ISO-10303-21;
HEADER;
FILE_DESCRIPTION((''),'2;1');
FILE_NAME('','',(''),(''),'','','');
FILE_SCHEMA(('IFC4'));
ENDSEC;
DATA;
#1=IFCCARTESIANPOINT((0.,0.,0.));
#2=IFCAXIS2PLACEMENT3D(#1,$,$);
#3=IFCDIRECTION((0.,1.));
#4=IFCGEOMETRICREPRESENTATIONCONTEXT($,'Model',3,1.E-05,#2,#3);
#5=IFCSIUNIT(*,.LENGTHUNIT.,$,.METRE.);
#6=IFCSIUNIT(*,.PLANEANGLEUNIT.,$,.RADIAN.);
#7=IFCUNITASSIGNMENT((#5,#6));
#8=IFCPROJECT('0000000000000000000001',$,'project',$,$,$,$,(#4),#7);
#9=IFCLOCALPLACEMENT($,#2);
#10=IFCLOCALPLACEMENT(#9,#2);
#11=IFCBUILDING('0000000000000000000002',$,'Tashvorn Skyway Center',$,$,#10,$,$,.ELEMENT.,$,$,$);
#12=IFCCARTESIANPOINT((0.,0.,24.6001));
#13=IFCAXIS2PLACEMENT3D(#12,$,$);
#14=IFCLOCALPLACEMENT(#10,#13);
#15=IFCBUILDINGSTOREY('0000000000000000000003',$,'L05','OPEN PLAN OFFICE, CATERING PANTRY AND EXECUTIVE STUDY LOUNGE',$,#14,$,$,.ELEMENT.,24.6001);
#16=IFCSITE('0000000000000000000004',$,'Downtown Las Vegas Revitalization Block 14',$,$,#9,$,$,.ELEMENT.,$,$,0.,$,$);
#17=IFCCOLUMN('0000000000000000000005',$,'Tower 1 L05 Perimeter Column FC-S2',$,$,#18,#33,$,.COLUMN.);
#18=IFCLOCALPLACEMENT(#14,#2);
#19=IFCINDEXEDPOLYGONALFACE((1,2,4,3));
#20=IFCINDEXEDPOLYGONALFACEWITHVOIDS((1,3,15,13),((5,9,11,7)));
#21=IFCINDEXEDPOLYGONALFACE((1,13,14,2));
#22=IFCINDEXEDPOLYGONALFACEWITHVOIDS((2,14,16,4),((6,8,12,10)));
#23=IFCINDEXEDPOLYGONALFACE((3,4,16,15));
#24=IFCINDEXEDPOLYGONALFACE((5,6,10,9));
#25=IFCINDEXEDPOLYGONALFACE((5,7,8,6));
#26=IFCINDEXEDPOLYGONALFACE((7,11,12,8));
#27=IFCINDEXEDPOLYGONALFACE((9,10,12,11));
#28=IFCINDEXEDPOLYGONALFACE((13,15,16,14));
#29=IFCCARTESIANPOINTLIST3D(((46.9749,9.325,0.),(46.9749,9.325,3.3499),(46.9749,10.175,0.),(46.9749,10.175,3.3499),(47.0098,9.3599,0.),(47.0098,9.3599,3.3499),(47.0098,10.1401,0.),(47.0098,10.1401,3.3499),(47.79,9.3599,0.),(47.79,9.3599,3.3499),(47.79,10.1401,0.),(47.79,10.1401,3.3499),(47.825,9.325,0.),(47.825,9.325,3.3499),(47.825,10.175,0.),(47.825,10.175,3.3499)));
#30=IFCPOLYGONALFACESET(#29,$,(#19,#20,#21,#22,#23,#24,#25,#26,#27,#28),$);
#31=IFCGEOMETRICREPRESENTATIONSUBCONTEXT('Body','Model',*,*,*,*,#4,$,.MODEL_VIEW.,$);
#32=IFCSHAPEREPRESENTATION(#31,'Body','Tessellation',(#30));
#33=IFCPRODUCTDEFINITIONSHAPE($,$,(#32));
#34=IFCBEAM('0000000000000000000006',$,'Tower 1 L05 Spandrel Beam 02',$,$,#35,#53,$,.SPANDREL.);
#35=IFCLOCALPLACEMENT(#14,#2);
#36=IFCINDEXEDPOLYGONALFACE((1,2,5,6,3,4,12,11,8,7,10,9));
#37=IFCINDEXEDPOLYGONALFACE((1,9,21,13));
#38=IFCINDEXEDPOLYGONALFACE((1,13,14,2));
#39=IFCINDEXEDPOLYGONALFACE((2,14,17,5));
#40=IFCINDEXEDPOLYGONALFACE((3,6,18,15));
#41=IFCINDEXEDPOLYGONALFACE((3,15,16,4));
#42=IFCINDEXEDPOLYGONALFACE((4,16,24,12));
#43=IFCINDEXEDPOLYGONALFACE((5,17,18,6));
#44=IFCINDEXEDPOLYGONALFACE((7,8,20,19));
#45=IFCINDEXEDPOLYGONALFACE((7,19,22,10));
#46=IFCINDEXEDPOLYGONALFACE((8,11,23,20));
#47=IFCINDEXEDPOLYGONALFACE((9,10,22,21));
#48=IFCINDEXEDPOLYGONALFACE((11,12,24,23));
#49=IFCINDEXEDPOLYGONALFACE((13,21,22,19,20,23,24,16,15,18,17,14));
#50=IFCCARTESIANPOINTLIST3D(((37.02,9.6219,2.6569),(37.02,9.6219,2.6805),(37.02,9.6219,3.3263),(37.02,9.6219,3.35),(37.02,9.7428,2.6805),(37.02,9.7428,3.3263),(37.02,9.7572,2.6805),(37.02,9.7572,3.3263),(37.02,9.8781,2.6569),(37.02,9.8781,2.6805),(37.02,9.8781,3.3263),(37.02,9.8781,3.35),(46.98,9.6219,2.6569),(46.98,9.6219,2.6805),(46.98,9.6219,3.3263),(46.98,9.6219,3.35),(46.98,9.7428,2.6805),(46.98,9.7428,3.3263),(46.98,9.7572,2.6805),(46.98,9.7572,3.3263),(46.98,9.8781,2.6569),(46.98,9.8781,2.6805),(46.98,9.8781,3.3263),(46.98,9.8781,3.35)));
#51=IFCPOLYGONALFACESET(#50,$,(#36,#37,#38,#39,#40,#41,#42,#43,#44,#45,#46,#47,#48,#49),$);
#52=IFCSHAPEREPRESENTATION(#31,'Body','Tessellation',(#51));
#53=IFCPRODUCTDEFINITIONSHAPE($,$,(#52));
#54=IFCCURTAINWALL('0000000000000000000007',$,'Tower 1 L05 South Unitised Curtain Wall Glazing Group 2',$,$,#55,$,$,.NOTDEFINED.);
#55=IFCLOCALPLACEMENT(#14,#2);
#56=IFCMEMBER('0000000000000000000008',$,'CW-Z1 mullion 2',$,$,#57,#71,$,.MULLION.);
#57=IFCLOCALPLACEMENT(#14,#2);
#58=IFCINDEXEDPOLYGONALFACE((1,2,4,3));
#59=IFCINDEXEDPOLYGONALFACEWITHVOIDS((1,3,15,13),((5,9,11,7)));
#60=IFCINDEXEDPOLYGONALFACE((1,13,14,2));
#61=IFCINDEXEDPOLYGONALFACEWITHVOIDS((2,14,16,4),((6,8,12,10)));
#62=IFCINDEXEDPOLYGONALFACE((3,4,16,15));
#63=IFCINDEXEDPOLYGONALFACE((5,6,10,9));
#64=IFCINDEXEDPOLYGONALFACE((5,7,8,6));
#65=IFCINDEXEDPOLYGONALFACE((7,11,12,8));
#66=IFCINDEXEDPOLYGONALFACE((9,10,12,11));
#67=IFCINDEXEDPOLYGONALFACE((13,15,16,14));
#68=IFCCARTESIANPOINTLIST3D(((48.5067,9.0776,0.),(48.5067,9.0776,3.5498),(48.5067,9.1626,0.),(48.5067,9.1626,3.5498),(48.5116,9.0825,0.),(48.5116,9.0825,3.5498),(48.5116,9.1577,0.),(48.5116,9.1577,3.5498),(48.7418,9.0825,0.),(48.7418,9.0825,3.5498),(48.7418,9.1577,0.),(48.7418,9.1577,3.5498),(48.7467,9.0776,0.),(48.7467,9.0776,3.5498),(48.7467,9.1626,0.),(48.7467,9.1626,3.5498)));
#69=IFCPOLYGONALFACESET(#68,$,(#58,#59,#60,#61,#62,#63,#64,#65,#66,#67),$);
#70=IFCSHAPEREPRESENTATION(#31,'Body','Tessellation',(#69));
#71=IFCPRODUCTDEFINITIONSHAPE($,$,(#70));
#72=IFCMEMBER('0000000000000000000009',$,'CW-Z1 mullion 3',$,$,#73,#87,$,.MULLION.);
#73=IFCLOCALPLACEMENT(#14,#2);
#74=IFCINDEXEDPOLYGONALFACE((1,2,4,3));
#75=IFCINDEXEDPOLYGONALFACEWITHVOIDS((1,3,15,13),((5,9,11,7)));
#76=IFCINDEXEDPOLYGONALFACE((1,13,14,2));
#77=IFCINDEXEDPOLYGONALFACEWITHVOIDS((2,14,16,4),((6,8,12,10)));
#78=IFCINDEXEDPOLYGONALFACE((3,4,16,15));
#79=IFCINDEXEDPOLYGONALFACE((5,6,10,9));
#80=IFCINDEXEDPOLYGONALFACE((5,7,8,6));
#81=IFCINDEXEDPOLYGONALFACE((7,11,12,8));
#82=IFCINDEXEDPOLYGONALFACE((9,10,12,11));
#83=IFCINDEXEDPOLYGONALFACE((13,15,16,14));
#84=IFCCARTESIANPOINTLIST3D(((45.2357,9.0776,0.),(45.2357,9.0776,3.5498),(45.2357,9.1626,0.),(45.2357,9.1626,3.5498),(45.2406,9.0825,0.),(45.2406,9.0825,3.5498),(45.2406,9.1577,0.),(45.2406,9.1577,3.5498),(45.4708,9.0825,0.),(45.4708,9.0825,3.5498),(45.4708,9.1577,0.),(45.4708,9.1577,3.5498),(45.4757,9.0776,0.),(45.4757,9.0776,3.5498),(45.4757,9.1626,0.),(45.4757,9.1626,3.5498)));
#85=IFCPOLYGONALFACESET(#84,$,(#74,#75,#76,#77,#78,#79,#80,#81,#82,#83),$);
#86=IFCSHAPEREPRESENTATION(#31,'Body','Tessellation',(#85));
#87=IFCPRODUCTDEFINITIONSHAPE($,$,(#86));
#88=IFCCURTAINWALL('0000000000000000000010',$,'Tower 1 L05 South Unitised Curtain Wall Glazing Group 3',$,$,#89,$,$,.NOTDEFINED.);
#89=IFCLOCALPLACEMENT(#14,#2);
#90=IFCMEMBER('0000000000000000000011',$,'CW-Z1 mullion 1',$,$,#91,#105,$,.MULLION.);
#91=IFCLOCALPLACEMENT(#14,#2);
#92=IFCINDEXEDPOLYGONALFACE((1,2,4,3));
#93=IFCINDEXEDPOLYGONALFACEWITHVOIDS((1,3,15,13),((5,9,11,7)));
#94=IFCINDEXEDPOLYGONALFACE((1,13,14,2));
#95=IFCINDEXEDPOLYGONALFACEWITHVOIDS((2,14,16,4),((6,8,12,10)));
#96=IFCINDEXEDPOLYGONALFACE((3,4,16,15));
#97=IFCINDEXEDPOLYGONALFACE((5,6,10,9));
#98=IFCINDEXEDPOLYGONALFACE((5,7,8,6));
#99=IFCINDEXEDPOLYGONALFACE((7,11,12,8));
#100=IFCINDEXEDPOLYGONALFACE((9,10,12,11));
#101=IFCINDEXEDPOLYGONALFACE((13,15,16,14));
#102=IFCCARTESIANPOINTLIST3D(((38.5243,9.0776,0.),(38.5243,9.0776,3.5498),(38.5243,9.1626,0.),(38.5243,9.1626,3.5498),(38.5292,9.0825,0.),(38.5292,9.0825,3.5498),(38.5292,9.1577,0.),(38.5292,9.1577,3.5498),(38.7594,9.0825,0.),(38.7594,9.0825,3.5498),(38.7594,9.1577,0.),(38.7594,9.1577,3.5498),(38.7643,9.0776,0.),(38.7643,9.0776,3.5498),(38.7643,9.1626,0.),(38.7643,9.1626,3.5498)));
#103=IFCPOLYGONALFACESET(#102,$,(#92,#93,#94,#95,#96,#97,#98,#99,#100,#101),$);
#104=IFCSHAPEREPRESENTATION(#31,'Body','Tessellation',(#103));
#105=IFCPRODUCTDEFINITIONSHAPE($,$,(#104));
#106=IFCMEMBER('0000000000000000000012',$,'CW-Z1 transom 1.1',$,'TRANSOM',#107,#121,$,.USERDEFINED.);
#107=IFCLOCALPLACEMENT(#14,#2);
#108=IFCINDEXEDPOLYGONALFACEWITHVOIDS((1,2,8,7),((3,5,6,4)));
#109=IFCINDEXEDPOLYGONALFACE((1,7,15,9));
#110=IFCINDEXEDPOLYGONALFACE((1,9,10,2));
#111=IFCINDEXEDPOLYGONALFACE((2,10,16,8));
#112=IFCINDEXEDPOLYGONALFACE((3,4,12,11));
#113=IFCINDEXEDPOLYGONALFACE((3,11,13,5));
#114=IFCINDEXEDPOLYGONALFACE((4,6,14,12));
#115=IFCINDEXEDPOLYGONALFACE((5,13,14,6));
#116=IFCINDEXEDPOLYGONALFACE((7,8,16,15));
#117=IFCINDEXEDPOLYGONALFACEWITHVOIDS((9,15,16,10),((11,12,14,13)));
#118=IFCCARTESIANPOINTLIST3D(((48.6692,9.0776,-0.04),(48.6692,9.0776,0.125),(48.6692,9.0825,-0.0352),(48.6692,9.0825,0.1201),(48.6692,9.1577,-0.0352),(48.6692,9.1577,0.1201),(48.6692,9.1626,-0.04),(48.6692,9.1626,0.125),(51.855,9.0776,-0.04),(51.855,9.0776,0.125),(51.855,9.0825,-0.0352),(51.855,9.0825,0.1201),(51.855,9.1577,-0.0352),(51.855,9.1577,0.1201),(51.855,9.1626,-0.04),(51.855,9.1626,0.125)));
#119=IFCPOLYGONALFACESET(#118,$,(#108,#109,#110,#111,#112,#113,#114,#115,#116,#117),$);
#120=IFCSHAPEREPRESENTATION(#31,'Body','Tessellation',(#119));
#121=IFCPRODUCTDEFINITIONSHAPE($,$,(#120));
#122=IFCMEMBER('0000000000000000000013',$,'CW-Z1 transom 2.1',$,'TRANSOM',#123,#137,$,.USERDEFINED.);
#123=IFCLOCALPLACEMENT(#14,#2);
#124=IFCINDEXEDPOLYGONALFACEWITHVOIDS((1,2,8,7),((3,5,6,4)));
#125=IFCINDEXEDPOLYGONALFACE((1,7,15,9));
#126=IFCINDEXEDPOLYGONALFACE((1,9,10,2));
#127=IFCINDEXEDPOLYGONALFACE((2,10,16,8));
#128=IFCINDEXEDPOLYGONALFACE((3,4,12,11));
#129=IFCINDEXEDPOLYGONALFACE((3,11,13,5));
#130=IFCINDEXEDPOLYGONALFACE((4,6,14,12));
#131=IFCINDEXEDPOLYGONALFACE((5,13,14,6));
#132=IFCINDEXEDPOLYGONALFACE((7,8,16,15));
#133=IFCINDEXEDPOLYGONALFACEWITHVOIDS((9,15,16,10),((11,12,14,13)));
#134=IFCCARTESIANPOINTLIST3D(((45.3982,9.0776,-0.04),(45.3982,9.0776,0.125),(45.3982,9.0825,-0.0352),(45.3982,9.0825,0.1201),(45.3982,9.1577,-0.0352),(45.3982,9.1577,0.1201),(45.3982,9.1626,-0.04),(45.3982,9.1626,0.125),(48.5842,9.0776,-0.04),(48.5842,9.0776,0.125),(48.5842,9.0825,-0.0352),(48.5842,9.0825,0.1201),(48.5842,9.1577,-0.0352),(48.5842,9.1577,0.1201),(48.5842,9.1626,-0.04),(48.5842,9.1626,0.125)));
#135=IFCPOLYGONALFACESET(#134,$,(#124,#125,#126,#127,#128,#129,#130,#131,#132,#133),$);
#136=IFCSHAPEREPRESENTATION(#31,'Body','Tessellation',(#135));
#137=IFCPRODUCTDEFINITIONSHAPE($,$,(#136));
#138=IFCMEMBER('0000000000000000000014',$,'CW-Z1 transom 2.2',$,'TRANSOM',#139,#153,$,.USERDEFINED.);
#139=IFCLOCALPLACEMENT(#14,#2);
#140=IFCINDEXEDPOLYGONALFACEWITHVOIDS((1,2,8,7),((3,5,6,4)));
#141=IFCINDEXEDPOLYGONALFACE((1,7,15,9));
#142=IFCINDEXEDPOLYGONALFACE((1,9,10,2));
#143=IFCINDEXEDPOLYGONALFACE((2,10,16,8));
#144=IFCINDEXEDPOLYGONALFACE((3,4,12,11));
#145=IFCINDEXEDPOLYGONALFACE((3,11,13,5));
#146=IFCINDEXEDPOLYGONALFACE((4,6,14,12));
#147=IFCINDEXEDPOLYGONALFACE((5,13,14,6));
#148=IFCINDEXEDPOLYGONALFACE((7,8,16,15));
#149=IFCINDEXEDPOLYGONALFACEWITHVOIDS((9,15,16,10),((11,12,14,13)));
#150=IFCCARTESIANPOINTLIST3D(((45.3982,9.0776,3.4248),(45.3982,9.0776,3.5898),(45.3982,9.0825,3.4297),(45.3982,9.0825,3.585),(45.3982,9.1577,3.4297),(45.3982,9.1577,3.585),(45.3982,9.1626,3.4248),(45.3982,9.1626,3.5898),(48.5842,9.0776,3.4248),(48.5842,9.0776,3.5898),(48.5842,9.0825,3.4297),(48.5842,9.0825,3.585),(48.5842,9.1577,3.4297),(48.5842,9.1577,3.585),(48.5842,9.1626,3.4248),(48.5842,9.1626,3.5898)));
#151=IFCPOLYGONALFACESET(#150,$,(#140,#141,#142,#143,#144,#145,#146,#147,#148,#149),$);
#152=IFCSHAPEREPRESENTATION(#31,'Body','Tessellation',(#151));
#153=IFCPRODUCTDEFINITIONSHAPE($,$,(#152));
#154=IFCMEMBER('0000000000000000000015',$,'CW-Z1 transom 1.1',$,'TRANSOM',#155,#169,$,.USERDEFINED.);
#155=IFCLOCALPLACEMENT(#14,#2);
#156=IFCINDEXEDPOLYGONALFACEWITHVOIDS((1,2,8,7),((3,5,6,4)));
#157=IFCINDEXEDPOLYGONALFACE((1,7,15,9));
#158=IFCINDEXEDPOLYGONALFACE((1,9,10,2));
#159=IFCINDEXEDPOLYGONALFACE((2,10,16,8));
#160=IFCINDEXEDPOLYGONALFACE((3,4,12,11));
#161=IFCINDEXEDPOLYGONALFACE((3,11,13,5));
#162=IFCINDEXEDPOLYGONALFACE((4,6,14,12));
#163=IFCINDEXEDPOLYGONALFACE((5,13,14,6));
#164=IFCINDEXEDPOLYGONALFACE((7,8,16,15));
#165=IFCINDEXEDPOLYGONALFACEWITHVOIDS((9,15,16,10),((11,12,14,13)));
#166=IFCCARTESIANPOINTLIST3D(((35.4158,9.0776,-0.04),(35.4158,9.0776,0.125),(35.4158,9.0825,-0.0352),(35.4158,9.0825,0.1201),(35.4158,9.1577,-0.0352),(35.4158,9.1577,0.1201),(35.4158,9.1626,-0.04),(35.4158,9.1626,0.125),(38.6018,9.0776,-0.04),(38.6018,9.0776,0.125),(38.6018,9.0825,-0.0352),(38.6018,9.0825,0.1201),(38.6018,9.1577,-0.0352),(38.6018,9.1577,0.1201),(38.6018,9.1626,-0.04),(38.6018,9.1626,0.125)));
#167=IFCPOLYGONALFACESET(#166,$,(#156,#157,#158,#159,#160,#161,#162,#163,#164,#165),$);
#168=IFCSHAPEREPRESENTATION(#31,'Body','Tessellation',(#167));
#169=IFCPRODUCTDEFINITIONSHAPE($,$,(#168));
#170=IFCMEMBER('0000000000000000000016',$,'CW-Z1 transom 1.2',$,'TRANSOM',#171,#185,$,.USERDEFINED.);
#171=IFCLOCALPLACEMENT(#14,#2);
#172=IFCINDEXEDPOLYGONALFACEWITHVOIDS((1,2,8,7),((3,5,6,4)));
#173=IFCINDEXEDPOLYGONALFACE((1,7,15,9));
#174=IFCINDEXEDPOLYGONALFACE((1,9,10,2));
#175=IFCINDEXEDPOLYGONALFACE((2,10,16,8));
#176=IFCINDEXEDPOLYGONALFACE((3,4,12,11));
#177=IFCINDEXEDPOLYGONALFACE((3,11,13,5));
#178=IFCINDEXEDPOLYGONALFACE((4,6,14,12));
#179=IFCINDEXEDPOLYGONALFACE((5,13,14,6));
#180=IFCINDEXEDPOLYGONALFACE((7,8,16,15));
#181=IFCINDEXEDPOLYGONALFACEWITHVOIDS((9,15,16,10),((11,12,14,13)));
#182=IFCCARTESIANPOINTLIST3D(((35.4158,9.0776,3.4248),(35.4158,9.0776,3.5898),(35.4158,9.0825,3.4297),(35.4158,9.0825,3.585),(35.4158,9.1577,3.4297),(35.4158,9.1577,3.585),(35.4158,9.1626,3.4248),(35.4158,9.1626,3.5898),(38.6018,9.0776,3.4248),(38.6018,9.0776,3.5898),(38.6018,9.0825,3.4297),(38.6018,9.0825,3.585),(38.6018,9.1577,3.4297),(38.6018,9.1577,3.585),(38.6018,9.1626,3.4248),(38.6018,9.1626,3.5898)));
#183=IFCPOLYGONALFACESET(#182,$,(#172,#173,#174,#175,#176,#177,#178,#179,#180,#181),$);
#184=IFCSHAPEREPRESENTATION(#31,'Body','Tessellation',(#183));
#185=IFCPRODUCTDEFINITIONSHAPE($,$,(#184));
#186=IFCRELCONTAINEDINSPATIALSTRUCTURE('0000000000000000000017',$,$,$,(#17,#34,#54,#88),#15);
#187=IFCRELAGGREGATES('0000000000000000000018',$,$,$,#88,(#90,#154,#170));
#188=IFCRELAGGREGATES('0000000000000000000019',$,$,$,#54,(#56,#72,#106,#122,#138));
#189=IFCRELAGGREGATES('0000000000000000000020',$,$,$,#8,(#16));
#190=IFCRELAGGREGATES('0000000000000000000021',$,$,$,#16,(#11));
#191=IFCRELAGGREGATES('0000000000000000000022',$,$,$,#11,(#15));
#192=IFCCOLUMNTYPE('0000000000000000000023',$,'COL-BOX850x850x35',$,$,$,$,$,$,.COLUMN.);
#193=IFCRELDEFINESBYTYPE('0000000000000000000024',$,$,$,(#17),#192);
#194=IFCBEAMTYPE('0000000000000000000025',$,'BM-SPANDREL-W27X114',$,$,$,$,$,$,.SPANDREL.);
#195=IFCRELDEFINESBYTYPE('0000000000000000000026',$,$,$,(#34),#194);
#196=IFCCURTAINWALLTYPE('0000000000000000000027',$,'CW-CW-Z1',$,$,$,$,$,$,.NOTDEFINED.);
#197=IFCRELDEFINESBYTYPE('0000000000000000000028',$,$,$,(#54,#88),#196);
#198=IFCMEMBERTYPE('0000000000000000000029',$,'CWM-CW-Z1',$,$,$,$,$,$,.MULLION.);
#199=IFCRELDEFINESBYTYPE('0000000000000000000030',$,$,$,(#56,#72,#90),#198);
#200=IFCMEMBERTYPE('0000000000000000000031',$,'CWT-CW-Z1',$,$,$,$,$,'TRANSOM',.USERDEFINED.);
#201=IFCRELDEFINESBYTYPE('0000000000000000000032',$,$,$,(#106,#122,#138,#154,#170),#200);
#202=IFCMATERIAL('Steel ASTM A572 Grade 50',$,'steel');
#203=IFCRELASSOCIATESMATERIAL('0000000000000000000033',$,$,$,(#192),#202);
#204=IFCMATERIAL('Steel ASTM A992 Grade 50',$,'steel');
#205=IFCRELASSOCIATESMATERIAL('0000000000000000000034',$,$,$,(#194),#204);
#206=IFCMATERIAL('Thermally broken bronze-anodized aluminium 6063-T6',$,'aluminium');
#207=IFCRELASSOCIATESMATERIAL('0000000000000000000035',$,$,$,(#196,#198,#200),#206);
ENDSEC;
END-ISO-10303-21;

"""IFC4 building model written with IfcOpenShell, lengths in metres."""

from ifc_helpers import new_model, si_unit, direction, frame, origin, origin_2d, place, context, subcontext, project, spatial, hollow_rectangle, i_section, extrude, material, material_profile, profile_set, type_object, element, aggregate, save


model = new_model("IFC4")

# Units and contexts
model_context = context("Model", 3, precision=1e-05, world=origin(), true_north=direction((0.0, 1.0)))
body_context = subcontext(model_context, "Body", "Model", "MODEL_VIEW")
ifc_project = project(units=[si_unit("LENGTHUNIT", "METRE"), si_unit("PLANEANGLEUNIT", "RADIAN")], contexts=[model_context])

# Site, building, storey
site_placement = place(None, origin())
site = spatial("IfcSite", under=ifc_project, at=site_placement, Name="Downtown Las Vegas Revitalization Block 14", CompositionType="ELEMENT", RefElevation=0.0)
building_placement = place(site_placement, origin())
building = spatial("IfcBuilding", under=site, at=building_placement, Name="Tashvorn Skyway Center", CompositionType="ELEMENT")
storey_placement = place(building_placement, frame((0.0, 0.0, 24.6001)))
storey = spatial("IfcBuildingStorey", under=building, at=storey_placement, Name="L05", Description="OPEN PLAN OFFICE, CATERING PANTRY AND EXECUTIVE STUDY LOUNGE", CompositionType="ELEMENT", Elevation=24.6001)

# Column
ifc_material_1 = material(Name="Steel ASTM A572 Grade 50", Category="steel")
ifc_material_profile_1 = material_profile(ifc_material_1, hollow_rectangle(XDim=0.8501, YDim=0.8501, WallThickness=0.0349, at=origin_2d()), Name="BOX850x850x35")
ifc_profile_set_1 = profile_set([ifc_material_profile_1], Name="Steel ASTM A572 Grade 50")
column_type = type_object("IfcColumnType", Name="COL-BOX850x850x35", PredefinedType="COLUMN", material=ifc_profile_set_1)
column_placement = place(storey_placement, frame((47.3999, 9.75, 0.0), z_axis=(0.0, 0.0, 1.0), x_axis=(1.0, 0.0, 0.0)))
element("IfcColumn", 1, at=column_placement, inside=storey, type_object=column_type, Name="Tower 1 L05 Perimeter Column FC-S2", PredefinedType="COLUMN", context=body_context, shape_type="SweptSolid", body=[
    extrude(hollow_rectangle(XDim=0.8501, YDim=0.8501, WallThickness=0.0349, at=origin_2d()), origin(), (0.0, 0.0, 1.0), 3.3499),
])

# Beam
ifc_material_2 = material(Name="Steel ASTM A992 Grade 50", Category="steel")
ifc_material_profile_2 = material_profile(ifc_material_2, i_section(OverallWidth=0.2561, OverallDepth=0.6931, WebThickness=0.0144, FlangeThickness=0.0237, at=origin_2d()), Name="W27X114")
ifc_profile_set_2 = profile_set([ifc_material_profile_2], Name="Steel ASTM A992 Grade 50")
beam_type = type_object("IfcBeamType", Name="BM-SPANDREL-W27X114", PredefinedType="SPANDREL", material=ifc_profile_set_2)
beam_placement = place(storey_placement, frame((37.02, 9.75, 3.0034), z_axis=(1.0, 0.0, 0.0), x_axis=(0.0, 1.0, 0.0)))
element("IfcBeam", 2, at=beam_placement, inside=storey, type_object=beam_type, Name="Tower 1 L05 Spandrel Beam 02", PredefinedType="SPANDREL", context=body_context, shape_type="SweptSolid", body=[
    extrude(i_section(OverallWidth=0.2561, OverallDepth=0.6931, WebThickness=0.0144, FlangeThickness=0.0237, at=origin_2d()), origin(), (0.0, 0.0, 1.0), 9.96),
])

# Curtain wall, members
ifc_material_3 = material(Name="Thermally broken bronze-anodized aluminium 6063-T6", Category="aluminium")
curtain_wall_type = type_object("IfcCurtainWallType", Name="CW-CW-Z1", PredefinedType="NOTDEFINED", material=ifc_material_3)
curtain_wall_1_placement = place(storey_placement, origin())
curtain_wall_1 = element("IfcCurtainWall", 3, at=curtain_wall_1_placement, inside=storey, type_object=curtain_wall_type, Name="Tower 1 L05 South Unitised Curtain Wall Glazing Group 2", PredefinedType="NOTDEFINED")
ifc_material_profile_3 = material_profile(ifc_material_3, hollow_rectangle(XDim=0.085, YDim=0.24, WallThickness=0.0049, at=origin_2d()), Name="ALU-MULL-85x240")
ifc_profile_set_3 = profile_set([ifc_material_profile_3], Name="Thermally broken bronze-anodized aluminium 6063-T6")
member_type_1 = type_object("IfcMemberType", Name="CWM-CW-Z1", PredefinedType="MULLION", material=ifc_profile_set_3)
member_1_placement = place(storey_placement, frame((48.6267, 9.1201, 0.0), z_axis=(0.0, 0.0, 1.0), x_axis=(0.0, -1.0, 0.0)))
member_1 = element("IfcMember", 4, at=member_1_placement, type_object=member_type_1, Name="CW-Z1 mullion 2", PredefinedType="MULLION", context=body_context, shape_type="SweptSolid", body=[
    extrude(hollow_rectangle(XDim=0.085, YDim=0.24, WallThickness=0.0049, at=origin_2d()), origin(), (0.0, 0.0, 1.0), 3.5498),
])
member_2_placement = place(storey_placement, frame((45.3557, 9.1201, 0.0), z_axis=(0.0, 0.0, 1.0), x_axis=(0.0, -1.0, 0.0)))
member_2 = element("IfcMember", 5, at=member_2_placement, type_object=member_type_1, Name="CW-Z1 mullion 3", PredefinedType="MULLION", context=body_context, shape_type="SweptSolid", body=[
    extrude(hollow_rectangle(XDim=0.085, YDim=0.24, WallThickness=0.0049, at=origin_2d()), origin(), (0.0, 0.0, 1.0), 3.5498),
])

# Curtain wall, member
curtain_wall_2_placement = place(storey_placement, origin())
curtain_wall_2 = element("IfcCurtainWall", 6, at=curtain_wall_2_placement, inside=storey, type_object=curtain_wall_type, Name="Tower 1 L05 South Unitised Curtain Wall Glazing Group 3", PredefinedType="NOTDEFINED")
member_3_placement = place(storey_placement, frame((38.6443, 9.1201, 0.0), z_axis=(0.0, 0.0, 1.0), x_axis=(0.0, -1.0, 0.0)))
member_3 = element("IfcMember", 7, at=member_3_placement, type_object=member_type_1, Name="CW-Z1 mullion 1", PredefinedType="MULLION", context=body_context, shape_type="SweptSolid", body=[
    extrude(hollow_rectangle(XDim=0.085, YDim=0.24, WallThickness=0.0049, at=origin_2d()), origin(), (0.0, 0.0, 1.0), 3.5498),
])

# Members
ifc_material_profile_4 = material_profile(ifc_material_3, hollow_rectangle(XDim=0.085, YDim=0.165, WallThickness=0.0049, at=origin_2d()), Name="ALU-TRAN-85x165")
ifc_profile_set_4 = profile_set([ifc_material_profile_4], Name="Thermally broken bronze-anodized aluminium 6063-T6")
member_type_2 = type_object("IfcMemberType", Name="CWT-CW-Z1", ElementType="TRANSOM", PredefinedType="USERDEFINED", material=ifc_profile_set_4)
member_4_placement = place(storey_placement, frame((51.855, 9.1201, 0.0425), z_axis=(-1.0, 0.0, 0.0), x_axis=(0.0, -1.0, 0.0)))
member_4 = element("IfcMember", 8, at=member_4_placement, type_object=member_type_2, Name="CW-Z1 transom 1.1", ObjectType="TRANSOM", PredefinedType="USERDEFINED", context=body_context, shape_type="SweptSolid", body=[
    extrude(hollow_rectangle(XDim=0.085, YDim=0.165, WallThickness=0.0049, at=origin_2d()), origin(), (0.0, 0.0, 1.0), 3.1858),
])
member_5_placement = place(storey_placement, frame((48.5842, 9.1201, 0.0425), z_axis=(-1.0, 0.0, 0.0), x_axis=(0.0, -1.0, 0.0)))
member_5 = element("IfcMember", 9, at=member_5_placement, type_object=member_type_2, Name="CW-Z1 transom 2.1", ObjectType="TRANSOM", PredefinedType="USERDEFINED", context=body_context, shape_type="SweptSolid", body=[
    extrude(hollow_rectangle(XDim=0.085, YDim=0.165, WallThickness=0.0049, at=origin_2d()), origin(), (0.0, 0.0, 1.0), 3.186),
])
member_6_placement = place(storey_placement, frame((48.5842, 9.1201, 3.5073), z_axis=(-1.0, 0.0, 0.0), x_axis=(0.0, -1.0, 0.0)))
member_6 = element("IfcMember", 10, at=member_6_placement, type_object=member_type_2, Name="CW-Z1 transom 2.2", ObjectType="TRANSOM", PredefinedType="USERDEFINED", context=body_context, shape_type="SweptSolid", body=[
    extrude(hollow_rectangle(XDim=0.085, YDim=0.165, WallThickness=0.0049, at=origin_2d()), origin(), (0.0, 0.0, 1.0), 3.186),
])
member_7_placement = place(storey_placement, frame((38.6018, 9.1201, 0.0425), z_axis=(-1.0, 0.0, 0.0), x_axis=(0.0, -1.0, 0.0)))
member_7 = element("IfcMember", 11, at=member_7_placement, type_object=member_type_2, Name="CW-Z1 transom 1.1", ObjectType="TRANSOM", PredefinedType="USERDEFINED", context=body_context, shape_type="SweptSolid", body=[
    extrude(hollow_rectangle(XDim=0.085, YDim=0.165, WallThickness=0.0049, at=origin_2d()), origin(), (0.0, 0.0, 1.0), 3.186),
])
member_8_placement = place(storey_placement, frame((38.6018, 9.1201, 3.5073), z_axis=(-1.0, 0.0, 0.0), x_axis=(0.0, -1.0, 0.0)))
member_8 = element("IfcMember", 12, at=member_8_placement, type_object=member_type_2, Name="CW-Z1 transom 1.2", ObjectType="TRANSOM", PredefinedType="USERDEFINED", context=body_context, shape_type="SweptSolid", body=[
    extrude(hollow_rectangle(XDim=0.085, YDim=0.165, WallThickness=0.0049, at=origin_2d()), origin(), (0.0, 0.0, 1.0), 3.186),
])
aggregate(curtain_wall_2, [member_3, member_7, member_8])

aggregate(curtain_wall_1, [member_1, member_2, member_4, member_5, member_6])

save(model, "model.ifc")
